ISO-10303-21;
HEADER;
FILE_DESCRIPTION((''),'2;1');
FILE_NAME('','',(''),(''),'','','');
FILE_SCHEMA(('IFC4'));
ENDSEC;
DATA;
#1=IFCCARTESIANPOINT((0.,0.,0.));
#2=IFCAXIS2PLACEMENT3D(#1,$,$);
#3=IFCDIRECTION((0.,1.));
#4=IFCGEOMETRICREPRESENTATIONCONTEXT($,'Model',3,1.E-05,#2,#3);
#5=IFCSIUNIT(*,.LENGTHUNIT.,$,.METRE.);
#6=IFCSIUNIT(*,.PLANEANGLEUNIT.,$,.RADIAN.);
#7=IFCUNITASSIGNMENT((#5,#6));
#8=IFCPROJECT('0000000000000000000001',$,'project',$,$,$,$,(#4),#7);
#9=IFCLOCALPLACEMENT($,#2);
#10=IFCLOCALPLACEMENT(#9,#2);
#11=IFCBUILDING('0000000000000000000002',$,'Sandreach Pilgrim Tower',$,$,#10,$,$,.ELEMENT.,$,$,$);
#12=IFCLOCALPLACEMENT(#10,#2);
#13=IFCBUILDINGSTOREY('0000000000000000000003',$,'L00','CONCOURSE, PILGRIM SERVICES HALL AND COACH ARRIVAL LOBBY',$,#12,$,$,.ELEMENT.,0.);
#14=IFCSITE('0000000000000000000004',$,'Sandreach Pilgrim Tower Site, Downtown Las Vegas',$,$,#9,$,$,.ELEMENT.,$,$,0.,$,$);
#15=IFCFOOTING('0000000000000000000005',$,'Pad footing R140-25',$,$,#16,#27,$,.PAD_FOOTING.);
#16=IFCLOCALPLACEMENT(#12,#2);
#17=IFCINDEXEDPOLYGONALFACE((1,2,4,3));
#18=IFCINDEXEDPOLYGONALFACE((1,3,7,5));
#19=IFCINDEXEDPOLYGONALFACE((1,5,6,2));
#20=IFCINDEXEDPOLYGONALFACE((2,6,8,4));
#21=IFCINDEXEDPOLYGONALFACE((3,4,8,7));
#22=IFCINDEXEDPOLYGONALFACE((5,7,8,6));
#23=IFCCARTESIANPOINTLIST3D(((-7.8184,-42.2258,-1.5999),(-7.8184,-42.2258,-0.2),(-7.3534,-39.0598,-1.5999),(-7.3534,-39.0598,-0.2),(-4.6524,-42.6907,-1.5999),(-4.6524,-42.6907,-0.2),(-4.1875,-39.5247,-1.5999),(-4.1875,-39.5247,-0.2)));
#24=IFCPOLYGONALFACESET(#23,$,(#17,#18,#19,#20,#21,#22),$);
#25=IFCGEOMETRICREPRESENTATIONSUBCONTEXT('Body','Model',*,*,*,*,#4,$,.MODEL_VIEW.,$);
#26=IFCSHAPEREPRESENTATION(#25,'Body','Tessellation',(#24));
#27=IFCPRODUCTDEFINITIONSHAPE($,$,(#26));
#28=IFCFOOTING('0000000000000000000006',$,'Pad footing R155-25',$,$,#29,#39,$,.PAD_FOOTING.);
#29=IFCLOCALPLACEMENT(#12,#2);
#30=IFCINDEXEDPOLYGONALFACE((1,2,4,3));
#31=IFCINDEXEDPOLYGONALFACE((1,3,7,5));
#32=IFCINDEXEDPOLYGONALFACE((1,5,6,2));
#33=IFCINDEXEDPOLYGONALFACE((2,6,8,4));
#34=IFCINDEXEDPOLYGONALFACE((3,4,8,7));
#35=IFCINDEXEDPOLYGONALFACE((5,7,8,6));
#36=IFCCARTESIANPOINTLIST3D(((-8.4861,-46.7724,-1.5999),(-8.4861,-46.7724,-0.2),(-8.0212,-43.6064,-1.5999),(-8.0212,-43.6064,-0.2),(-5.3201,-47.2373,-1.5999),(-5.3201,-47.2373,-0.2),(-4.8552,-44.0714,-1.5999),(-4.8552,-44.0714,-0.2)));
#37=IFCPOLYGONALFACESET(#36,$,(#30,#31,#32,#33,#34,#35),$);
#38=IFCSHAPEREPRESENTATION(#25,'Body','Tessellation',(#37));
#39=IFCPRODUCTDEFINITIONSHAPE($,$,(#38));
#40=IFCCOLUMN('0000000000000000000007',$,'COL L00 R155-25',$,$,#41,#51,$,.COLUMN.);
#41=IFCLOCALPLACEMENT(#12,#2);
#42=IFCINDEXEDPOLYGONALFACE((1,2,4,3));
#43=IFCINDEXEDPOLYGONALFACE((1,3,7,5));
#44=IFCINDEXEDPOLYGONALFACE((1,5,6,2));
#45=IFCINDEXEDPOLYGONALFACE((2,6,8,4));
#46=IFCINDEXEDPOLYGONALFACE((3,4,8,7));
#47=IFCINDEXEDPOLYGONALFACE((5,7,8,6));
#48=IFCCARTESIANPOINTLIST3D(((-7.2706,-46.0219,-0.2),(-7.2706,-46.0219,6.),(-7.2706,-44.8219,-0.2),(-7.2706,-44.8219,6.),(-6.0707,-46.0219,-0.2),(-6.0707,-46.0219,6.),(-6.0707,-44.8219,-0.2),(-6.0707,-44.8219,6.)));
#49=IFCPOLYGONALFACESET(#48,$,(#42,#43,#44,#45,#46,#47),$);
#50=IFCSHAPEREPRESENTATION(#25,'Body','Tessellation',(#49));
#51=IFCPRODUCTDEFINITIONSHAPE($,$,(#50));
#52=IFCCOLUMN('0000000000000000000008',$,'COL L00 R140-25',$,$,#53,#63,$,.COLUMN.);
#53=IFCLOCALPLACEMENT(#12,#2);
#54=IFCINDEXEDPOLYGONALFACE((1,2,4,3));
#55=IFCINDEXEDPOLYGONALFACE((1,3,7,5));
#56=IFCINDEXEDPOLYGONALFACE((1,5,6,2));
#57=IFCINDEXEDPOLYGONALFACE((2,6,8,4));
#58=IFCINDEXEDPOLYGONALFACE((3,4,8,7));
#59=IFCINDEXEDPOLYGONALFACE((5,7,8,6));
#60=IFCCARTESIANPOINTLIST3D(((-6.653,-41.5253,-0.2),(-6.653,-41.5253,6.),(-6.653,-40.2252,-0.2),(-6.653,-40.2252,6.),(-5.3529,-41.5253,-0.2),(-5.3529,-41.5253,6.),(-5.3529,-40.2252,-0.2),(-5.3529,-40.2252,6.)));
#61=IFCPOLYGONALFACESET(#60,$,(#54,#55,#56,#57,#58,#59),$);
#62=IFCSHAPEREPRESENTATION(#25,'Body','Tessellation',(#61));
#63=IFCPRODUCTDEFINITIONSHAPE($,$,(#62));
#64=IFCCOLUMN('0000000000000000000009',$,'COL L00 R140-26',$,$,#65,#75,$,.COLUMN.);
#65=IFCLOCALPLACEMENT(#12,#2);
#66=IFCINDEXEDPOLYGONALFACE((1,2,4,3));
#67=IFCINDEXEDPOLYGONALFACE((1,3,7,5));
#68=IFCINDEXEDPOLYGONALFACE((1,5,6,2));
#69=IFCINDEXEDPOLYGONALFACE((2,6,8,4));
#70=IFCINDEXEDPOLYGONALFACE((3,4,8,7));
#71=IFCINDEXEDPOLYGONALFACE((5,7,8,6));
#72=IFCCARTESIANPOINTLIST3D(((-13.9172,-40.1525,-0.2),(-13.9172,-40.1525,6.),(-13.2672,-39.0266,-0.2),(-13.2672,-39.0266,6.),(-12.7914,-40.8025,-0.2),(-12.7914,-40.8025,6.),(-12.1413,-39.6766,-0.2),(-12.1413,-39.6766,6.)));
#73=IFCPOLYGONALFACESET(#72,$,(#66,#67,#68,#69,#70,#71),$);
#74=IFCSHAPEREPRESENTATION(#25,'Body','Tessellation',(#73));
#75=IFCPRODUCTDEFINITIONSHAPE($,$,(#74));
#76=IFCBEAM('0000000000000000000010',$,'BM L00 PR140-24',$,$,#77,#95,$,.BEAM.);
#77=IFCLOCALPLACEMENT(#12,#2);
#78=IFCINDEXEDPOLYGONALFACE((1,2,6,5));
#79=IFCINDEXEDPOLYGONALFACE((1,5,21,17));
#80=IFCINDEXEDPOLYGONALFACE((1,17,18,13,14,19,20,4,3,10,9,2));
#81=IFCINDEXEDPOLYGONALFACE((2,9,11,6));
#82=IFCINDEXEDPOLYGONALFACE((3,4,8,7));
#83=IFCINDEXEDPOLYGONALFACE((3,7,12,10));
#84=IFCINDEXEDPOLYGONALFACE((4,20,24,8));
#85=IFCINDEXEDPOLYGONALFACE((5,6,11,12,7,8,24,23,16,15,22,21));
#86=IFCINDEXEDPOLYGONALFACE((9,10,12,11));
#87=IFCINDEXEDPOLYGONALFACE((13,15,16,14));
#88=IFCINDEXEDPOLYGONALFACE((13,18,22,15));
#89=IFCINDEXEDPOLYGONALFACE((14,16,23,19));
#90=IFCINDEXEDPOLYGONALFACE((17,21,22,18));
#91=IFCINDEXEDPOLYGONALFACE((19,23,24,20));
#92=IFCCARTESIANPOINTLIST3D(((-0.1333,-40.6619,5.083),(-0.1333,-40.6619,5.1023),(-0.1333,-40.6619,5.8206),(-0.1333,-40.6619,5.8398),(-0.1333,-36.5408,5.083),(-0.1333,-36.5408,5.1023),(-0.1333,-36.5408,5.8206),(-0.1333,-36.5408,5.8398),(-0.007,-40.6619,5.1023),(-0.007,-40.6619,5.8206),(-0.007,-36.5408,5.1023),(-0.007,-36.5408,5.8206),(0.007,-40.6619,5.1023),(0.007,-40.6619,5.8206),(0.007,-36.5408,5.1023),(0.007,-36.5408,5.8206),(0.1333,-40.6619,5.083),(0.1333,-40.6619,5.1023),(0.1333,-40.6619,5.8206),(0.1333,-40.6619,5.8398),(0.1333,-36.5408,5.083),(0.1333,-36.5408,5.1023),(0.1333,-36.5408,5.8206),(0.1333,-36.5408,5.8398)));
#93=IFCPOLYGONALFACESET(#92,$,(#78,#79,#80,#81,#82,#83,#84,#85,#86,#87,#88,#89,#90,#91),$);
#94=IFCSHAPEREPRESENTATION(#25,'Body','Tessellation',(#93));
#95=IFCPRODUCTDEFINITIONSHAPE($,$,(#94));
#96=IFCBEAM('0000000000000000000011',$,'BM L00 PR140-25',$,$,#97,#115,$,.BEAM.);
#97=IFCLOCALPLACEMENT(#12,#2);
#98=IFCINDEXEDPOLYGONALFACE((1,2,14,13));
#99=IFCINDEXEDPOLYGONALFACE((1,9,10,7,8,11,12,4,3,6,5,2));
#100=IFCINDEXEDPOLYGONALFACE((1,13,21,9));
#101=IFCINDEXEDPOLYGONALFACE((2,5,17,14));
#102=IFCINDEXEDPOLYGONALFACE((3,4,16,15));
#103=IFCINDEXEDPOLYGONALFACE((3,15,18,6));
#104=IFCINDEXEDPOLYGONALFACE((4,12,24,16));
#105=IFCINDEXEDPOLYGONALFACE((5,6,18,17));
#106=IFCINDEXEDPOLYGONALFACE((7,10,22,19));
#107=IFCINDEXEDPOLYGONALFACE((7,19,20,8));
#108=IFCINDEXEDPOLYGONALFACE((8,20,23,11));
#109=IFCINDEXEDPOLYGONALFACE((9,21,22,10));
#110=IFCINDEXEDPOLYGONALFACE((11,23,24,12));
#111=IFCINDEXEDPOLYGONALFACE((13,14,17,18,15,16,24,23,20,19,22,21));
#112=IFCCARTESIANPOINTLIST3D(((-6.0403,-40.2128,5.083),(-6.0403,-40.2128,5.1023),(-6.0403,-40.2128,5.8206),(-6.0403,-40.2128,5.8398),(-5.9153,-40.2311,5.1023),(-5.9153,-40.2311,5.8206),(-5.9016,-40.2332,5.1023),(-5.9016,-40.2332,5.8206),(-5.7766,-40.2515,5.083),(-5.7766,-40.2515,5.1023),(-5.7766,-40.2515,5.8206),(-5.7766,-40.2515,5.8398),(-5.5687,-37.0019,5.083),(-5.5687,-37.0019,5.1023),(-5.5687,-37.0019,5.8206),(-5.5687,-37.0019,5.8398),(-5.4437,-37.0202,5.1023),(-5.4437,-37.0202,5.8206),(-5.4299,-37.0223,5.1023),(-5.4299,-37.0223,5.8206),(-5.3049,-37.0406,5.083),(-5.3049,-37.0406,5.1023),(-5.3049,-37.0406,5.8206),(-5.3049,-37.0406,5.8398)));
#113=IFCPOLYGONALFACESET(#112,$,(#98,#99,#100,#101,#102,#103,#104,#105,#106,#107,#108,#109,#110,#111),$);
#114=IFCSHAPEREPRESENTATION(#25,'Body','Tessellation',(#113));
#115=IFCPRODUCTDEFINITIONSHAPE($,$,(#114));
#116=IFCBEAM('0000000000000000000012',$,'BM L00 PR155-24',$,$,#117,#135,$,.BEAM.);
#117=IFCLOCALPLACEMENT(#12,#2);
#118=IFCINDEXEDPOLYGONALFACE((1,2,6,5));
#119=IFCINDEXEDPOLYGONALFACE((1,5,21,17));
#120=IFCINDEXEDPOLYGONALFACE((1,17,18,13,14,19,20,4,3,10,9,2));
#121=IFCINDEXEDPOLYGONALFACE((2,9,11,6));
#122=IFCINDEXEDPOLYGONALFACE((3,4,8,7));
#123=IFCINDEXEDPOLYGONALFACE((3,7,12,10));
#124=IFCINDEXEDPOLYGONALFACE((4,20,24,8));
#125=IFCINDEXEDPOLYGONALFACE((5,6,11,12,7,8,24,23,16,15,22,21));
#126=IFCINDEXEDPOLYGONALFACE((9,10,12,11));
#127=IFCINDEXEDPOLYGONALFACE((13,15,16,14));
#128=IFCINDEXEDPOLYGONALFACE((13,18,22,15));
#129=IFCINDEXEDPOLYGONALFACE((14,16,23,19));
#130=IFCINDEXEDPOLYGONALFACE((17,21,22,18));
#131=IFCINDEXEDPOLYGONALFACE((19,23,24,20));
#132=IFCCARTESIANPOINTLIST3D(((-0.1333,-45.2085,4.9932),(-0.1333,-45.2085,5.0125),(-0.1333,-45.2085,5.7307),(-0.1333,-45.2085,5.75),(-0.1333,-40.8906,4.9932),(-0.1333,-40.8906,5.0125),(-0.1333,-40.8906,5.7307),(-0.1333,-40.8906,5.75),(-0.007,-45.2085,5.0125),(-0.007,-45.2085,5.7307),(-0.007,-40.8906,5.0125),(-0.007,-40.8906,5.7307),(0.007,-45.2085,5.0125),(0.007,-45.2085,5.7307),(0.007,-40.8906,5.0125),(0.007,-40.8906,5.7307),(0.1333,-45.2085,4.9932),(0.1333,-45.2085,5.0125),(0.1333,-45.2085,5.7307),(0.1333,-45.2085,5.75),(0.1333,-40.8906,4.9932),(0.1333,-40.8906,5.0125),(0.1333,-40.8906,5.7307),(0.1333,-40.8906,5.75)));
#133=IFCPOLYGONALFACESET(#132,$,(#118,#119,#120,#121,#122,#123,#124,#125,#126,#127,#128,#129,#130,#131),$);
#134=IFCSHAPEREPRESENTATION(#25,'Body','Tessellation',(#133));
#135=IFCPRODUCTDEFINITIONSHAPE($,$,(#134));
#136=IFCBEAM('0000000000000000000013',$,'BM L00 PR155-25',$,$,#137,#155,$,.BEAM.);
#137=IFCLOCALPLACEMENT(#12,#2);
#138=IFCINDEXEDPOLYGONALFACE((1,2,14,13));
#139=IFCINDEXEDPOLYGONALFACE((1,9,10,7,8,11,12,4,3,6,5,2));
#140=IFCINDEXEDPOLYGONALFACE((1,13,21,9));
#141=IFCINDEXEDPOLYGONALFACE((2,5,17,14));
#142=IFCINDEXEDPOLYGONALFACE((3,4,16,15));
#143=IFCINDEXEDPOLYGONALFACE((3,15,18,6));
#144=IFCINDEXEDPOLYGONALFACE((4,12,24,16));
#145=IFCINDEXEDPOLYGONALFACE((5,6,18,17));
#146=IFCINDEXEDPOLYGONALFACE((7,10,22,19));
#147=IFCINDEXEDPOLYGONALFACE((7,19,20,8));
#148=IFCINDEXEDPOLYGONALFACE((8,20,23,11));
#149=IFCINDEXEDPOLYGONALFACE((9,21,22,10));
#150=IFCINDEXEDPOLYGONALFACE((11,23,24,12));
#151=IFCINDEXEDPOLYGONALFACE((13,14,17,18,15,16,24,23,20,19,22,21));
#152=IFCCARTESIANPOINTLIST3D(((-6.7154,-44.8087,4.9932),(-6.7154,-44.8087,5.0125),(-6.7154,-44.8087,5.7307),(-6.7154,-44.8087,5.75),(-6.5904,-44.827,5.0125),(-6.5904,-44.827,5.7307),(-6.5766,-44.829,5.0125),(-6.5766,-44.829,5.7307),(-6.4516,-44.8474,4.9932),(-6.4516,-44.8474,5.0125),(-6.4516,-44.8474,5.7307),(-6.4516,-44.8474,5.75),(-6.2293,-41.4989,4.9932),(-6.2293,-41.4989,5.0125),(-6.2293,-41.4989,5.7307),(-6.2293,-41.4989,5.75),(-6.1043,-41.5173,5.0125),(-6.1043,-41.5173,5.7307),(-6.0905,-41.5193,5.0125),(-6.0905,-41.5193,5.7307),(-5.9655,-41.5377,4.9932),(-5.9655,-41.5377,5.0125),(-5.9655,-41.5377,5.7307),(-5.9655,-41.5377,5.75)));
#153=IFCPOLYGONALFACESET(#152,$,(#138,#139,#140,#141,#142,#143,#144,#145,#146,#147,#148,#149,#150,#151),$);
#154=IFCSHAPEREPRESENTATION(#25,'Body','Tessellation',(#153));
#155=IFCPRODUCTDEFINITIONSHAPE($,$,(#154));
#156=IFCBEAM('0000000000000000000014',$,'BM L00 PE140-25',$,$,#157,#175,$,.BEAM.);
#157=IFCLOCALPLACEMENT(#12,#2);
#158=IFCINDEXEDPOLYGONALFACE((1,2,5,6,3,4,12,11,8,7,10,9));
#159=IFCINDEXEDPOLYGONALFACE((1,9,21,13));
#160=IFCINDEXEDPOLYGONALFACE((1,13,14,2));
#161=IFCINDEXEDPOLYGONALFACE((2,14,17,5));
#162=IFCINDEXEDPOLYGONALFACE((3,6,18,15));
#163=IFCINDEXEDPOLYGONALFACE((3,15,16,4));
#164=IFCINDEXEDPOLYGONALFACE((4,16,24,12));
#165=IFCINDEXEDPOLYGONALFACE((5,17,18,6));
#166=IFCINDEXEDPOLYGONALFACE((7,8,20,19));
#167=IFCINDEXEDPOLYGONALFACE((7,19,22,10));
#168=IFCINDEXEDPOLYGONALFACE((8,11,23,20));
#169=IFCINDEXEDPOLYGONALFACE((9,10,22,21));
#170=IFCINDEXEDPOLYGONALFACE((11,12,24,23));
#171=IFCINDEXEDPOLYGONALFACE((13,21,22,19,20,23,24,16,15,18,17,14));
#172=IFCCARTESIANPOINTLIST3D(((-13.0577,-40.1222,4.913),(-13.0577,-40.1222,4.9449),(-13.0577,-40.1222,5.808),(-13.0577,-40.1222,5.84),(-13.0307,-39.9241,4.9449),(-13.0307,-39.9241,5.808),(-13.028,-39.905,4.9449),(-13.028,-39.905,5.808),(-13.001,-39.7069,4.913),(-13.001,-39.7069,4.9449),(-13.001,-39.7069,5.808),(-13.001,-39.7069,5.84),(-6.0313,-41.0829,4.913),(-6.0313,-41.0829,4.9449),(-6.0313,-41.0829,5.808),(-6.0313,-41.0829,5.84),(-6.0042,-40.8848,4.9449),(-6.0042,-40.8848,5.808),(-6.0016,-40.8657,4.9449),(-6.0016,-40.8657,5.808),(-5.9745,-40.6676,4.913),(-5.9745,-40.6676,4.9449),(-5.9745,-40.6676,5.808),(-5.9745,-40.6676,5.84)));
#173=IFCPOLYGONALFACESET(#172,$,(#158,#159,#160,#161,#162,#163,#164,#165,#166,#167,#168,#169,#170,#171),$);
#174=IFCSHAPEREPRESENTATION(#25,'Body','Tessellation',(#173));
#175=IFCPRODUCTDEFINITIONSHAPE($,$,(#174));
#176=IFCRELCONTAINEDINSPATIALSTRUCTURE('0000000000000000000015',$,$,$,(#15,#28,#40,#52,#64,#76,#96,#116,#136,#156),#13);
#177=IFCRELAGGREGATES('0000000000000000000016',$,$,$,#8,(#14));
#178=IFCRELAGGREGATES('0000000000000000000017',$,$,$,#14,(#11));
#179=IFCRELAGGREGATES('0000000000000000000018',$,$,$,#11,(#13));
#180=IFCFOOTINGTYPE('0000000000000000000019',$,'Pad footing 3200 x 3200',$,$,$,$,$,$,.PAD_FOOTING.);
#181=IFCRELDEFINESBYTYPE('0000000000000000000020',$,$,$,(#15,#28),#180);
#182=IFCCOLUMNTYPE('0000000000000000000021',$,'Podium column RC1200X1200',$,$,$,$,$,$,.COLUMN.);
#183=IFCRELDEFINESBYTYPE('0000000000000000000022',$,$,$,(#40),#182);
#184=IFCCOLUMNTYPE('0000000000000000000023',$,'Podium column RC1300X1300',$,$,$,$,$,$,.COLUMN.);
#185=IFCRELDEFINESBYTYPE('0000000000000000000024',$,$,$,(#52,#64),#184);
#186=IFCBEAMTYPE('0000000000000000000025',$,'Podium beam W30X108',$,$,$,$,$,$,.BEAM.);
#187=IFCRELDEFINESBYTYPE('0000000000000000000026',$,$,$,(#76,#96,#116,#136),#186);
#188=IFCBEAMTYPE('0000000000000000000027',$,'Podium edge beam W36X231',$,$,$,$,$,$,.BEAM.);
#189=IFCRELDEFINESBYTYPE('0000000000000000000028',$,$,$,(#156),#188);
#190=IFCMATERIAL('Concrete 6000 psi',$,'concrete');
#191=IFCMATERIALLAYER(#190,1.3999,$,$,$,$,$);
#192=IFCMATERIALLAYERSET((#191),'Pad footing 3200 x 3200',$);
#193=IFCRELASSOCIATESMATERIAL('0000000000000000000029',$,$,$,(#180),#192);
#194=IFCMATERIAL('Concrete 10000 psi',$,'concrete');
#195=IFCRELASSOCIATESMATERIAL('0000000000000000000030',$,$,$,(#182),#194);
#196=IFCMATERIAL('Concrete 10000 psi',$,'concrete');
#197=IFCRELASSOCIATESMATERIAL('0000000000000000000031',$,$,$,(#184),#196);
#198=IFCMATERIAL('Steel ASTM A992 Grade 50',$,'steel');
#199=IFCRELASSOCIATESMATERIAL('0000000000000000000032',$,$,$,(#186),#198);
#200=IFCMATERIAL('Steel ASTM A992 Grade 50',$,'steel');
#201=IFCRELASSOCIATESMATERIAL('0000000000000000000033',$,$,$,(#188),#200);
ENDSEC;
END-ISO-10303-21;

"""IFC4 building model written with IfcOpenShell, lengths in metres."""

from ifc_helpers import new_model, si_unit, direction, frame, origin, origin_2d, place, context, subcontext, project, spatial, rectangle, i_section, extrude, material, layer, layer_set, material_profile, profile_set, type_object, element, save


model = new_model("IFC4")

# Units and contexts
model_context = context("Model", 3, precision=1e-05, world=origin(), true_north=direction((0.0, 1.0)))
body_context = subcontext(model_context, "Body", "Model", "MODEL_VIEW")
ifc_project = project(units=[si_unit("LENGTHUNIT", "METRE"), si_unit("PLANEANGLEUNIT", "RADIAN")], contexts=[model_context])

# Site, building, storey
site_placement = place(None, origin())
site = spatial("IfcSite", under=ifc_project, at=site_placement, Name="Sandreach Pilgrim Tower Site, Downtown Las Vegas", CompositionType="ELEMENT", RefElevation=0.0)
building_placement = place(site_placement, origin())
building = spatial("IfcBuilding", under=site, at=building_placement, Name="Sandreach Pilgrim Tower", CompositionType="ELEMENT")
storey_placement = place(building_placement, origin())
storey = spatial("IfcBuildingStorey", under=building, at=storey_placement, Name="L00", Description="CONCOURSE, PILGRIM SERVICES HALL AND COACH ARRIVAL LOBBY", CompositionType="ELEMENT", Elevation=0.0)

# Footings
ifc_material_1 = material(Name="Concrete 6000 psi", Category="concrete")
ifc_layer_1 = layer(ifc_material_1, 1.3999)
ifc_layer_set_1 = layer_set([ifc_layer_1], Name="Pad footing 3200 x 3200")
footing_type = type_object("IfcFootingType", Name="Pad footing 3200 x 3200", PredefinedType="PAD_FOOTING", material=ifc_layer_set_1)
for number, where, z_axis, x_axis, name in (
    (1, (-6.0029, -40.8752, -1.5999), (0.0, 0.0, 1.0), (-0.1453, -0.989388, 0.0), "Pad footing R140-25"),
    (2, (-6.6707, -45.4219, -1.5999), (0.0, 0.0, 1.0), (-0.1453, -0.989388, 0.0), "Pad footing R155-25"),
):
    element("IfcFooting", number, at=place(storey_placement, frame(where, z_axis=z_axis, x_axis=x_axis)), inside=storey, type_object=footing_type, Name=name, PredefinedType="PAD_FOOTING", context=body_context, shape_type="SweptSolid", body=[
        extrude(rectangle(XDim=3.2, YDim=3.2, at=origin_2d()), origin(), (0.0, 0.0, 1.0), 1.3999),
    ])

# Columns
ifc_material_2 = material(Name="Concrete 10000 psi", Category="concrete")
ifc_material_profile_1 = material_profile(ifc_material_2, rectangle(XDim=1.2, YDim=1.2, at=origin_2d()), Name="RC1200X1200")
ifc_profile_set_1 = profile_set([ifc_material_profile_1], Name="Concrete 10000 psi")
column_type_1 = type_object("IfcColumnType", Name="Podium column RC1200X1200", PredefinedType="COLUMN", material=ifc_profile_set_1)
column_placement = place(storey_placement, frame((-6.6707, -45.4219, -0.2), z_axis=(0.0, 0.0, 1.0), x_axis=(0.0, -1.0, 0.0)))
element("IfcColumn", 3, at=column_placement, inside=storey, type_object=column_type_1, Name="COL L00 R155-25", PredefinedType="COLUMN", context=body_context, shape_type="SweptSolid", body=[
    extrude(rectangle(XDim=1.2, YDim=1.2, at=origin_2d()), origin(), (0.0, 0.0, 1.0), 6.2),
])
ifc_material_3 = material(Name="Concrete 10000 psi", Category="concrete")
ifc_material_profile_2 = material_profile(ifc_material_3, rectangle(XDim=1.3, YDim=1.3, at=origin_2d()), Name="RC1300X1300")
ifc_profile_set_2 = profile_set([ifc_material_profile_2], Name="Concrete 10000 psi")
column_type_2 = type_object("IfcColumnType", Name="Podium column RC1300X1300", PredefinedType="COLUMN", material=ifc_profile_set_2)
for number, where, z_axis, x_axis, name in (
    (4, (-6.0029, -40.8752, -0.2), (0.0, 0.0, 1.0), (0.0, -1.0, 0.0), "COL L00 R140-25"),
    (5, (-13.0293, -39.9146, -0.2), (0.0, 0.0, 1.0), (-0.5, -0.866025, 0.0), "COL L00 R140-26"),
):
    element("IfcColumn", number, at=place(storey_placement, frame(where, z_axis=z_axis, x_axis=x_axis)), inside=storey, type_object=column_type_2, Name=name, PredefinedType="COLUMN", context=body_context, shape_type="SweptSolid", body=[
        extrude(rectangle(XDim=1.3, YDim=1.3, at=origin_2d()), origin(), (0.0, 0.0, 1.0), 6.2),
    ])

# Beams
ifc_material_4 = material(Name="Steel ASTM A992 Grade 50", Category="steel")
ifc_material_profile_3 = material_profile(ifc_material_4, i_section(OverallWidth=0.2666, OverallDepth=0.7568, WebThickness=0.0139, FlangeThickness=0.0193, at=origin_2d()), Name="W30X108")
ifc_profile_set_3 = profile_set([ifc_material_profile_3], Name="Steel ASTM A992 Grade 50")
beam_type_1 = type_object("IfcBeamType", Name="Podium beam W30X108", PredefinedType="BEAM", material=ifc_profile_set_3)
beam_1_placement = place(storey_placement, frame((0.0, -36.5408, 5.4614), z_axis=(0.0, -1.0, 0.0), x_axis=(1.0, 0.0, 0.0)))
element("IfcBeam", 6, at=beam_1_placement, inside=storey, type_object=beam_type_1, Name="BM L00 PR140-24", PredefinedType="BEAM", context=body_context, shape_type="SweptSolid", body=[
    extrude(i_section(OverallWidth=0.2666, OverallDepth=0.7568, WebThickness=0.0139, FlangeThickness=0.0193, at=origin_2d()), origin(), (0.0, 0.0, 1.0), 4.1211),
])
beam_2_placement = place(storey_placement, frame((-5.4368, -37.0212, 5.4614), z_axis=(-0.145338, -0.989382, 0.0), x_axis=(0.989382, -0.145338, 0.0)))
element("IfcBeam", 7, at=beam_2_placement, inside=storey, type_object=beam_type_1, Name="BM L00 PR140-25", PredefinedType="BEAM", context=body_context, shape_type="SweptSolid", body=[
    extrude(i_section(OverallWidth=0.2666, OverallDepth=0.7568, WebThickness=0.0139, FlangeThickness=0.0193, at=origin_2d()), origin(), (0.0, 0.0, 1.0), 3.2454),
])
beam_3_placement = place(storey_placement, frame((0.0, -40.8906, 5.3716), z_axis=(0.0, -1.0, 0.0), x_axis=(1.0, 0.0, 0.0)))
element("IfcBeam", 8, at=beam_3_placement, inside=storey, type_object=beam_type_1, Name="BM L00 PR155-24", PredefinedType="BEAM", context=body_context, shape_type="SweptSolid", body=[
    extrude(i_section(OverallWidth=0.2666, OverallDepth=0.7568, WebThickness=0.0139, FlangeThickness=0.0193, at=origin_2d()), origin(), (0.0, 0.0, 1.0), 4.3179),
])
beam_4_placement = place(storey_placement, frame((-6.0974, -41.5183, 5.3716), z_axis=(-0.145303, -0.989387, 0.0), x_axis=(0.989387, -0.145303, 0.0)))
element("IfcBeam", 9, at=beam_4_placement, inside=storey, type_object=beam_type_1, Name="BM L00 PR155-25", PredefinedType="BEAM", context=body_context, shape_type="SweptSolid", body=[
    extrude(i_section(OverallWidth=0.2666, OverallDepth=0.7568, WebThickness=0.0139, FlangeThickness=0.0193, at=origin_2d()), origin(), (0.0, 0.0, 1.0), 3.3452),
])
ifc_material_5 = material(Name="Steel ASTM A992 Grade 50", Category="steel")
ifc_material_profile_4 = material_profile(ifc_material_5, i_section(OverallWidth=0.4192, OverallDepth=0.927, WebThickness=0.0193, FlangeThickness=0.032, at=origin_2d()), Name="W36X231")
ifc_profile_set_4 = profile_set([ifc_material_profile_4], Name="Steel ASTM A992 Grade 50")
beam_type_2 = type_object("IfcBeamType", Name="Podium edge beam W36X231", PredefinedType="BEAM", material=ifc_profile_set_4)
beam_5_placement = place(storey_placement, frame((-6.0029, -40.8752, 5.3765), z_axis=(-0.990782, 0.135467, 0.0), x_axis=(-0.135467, -0.990782, 0.0)))
element("IfcBeam", 10, at=beam_5_placement, inside=storey, type_object=beam_type_2, Name="BM L00 PE140-25", PredefinedType="BEAM", context=body_context, shape_type="SweptSolid", body=[
    extrude(i_section(OverallWidth=0.4192, OverallDepth=0.927, WebThickness=0.0193, FlangeThickness=0.032, at=origin_2d()), origin(), (0.0, 0.0, 1.0), 7.0918),
])

save(model, "model.ifc")
